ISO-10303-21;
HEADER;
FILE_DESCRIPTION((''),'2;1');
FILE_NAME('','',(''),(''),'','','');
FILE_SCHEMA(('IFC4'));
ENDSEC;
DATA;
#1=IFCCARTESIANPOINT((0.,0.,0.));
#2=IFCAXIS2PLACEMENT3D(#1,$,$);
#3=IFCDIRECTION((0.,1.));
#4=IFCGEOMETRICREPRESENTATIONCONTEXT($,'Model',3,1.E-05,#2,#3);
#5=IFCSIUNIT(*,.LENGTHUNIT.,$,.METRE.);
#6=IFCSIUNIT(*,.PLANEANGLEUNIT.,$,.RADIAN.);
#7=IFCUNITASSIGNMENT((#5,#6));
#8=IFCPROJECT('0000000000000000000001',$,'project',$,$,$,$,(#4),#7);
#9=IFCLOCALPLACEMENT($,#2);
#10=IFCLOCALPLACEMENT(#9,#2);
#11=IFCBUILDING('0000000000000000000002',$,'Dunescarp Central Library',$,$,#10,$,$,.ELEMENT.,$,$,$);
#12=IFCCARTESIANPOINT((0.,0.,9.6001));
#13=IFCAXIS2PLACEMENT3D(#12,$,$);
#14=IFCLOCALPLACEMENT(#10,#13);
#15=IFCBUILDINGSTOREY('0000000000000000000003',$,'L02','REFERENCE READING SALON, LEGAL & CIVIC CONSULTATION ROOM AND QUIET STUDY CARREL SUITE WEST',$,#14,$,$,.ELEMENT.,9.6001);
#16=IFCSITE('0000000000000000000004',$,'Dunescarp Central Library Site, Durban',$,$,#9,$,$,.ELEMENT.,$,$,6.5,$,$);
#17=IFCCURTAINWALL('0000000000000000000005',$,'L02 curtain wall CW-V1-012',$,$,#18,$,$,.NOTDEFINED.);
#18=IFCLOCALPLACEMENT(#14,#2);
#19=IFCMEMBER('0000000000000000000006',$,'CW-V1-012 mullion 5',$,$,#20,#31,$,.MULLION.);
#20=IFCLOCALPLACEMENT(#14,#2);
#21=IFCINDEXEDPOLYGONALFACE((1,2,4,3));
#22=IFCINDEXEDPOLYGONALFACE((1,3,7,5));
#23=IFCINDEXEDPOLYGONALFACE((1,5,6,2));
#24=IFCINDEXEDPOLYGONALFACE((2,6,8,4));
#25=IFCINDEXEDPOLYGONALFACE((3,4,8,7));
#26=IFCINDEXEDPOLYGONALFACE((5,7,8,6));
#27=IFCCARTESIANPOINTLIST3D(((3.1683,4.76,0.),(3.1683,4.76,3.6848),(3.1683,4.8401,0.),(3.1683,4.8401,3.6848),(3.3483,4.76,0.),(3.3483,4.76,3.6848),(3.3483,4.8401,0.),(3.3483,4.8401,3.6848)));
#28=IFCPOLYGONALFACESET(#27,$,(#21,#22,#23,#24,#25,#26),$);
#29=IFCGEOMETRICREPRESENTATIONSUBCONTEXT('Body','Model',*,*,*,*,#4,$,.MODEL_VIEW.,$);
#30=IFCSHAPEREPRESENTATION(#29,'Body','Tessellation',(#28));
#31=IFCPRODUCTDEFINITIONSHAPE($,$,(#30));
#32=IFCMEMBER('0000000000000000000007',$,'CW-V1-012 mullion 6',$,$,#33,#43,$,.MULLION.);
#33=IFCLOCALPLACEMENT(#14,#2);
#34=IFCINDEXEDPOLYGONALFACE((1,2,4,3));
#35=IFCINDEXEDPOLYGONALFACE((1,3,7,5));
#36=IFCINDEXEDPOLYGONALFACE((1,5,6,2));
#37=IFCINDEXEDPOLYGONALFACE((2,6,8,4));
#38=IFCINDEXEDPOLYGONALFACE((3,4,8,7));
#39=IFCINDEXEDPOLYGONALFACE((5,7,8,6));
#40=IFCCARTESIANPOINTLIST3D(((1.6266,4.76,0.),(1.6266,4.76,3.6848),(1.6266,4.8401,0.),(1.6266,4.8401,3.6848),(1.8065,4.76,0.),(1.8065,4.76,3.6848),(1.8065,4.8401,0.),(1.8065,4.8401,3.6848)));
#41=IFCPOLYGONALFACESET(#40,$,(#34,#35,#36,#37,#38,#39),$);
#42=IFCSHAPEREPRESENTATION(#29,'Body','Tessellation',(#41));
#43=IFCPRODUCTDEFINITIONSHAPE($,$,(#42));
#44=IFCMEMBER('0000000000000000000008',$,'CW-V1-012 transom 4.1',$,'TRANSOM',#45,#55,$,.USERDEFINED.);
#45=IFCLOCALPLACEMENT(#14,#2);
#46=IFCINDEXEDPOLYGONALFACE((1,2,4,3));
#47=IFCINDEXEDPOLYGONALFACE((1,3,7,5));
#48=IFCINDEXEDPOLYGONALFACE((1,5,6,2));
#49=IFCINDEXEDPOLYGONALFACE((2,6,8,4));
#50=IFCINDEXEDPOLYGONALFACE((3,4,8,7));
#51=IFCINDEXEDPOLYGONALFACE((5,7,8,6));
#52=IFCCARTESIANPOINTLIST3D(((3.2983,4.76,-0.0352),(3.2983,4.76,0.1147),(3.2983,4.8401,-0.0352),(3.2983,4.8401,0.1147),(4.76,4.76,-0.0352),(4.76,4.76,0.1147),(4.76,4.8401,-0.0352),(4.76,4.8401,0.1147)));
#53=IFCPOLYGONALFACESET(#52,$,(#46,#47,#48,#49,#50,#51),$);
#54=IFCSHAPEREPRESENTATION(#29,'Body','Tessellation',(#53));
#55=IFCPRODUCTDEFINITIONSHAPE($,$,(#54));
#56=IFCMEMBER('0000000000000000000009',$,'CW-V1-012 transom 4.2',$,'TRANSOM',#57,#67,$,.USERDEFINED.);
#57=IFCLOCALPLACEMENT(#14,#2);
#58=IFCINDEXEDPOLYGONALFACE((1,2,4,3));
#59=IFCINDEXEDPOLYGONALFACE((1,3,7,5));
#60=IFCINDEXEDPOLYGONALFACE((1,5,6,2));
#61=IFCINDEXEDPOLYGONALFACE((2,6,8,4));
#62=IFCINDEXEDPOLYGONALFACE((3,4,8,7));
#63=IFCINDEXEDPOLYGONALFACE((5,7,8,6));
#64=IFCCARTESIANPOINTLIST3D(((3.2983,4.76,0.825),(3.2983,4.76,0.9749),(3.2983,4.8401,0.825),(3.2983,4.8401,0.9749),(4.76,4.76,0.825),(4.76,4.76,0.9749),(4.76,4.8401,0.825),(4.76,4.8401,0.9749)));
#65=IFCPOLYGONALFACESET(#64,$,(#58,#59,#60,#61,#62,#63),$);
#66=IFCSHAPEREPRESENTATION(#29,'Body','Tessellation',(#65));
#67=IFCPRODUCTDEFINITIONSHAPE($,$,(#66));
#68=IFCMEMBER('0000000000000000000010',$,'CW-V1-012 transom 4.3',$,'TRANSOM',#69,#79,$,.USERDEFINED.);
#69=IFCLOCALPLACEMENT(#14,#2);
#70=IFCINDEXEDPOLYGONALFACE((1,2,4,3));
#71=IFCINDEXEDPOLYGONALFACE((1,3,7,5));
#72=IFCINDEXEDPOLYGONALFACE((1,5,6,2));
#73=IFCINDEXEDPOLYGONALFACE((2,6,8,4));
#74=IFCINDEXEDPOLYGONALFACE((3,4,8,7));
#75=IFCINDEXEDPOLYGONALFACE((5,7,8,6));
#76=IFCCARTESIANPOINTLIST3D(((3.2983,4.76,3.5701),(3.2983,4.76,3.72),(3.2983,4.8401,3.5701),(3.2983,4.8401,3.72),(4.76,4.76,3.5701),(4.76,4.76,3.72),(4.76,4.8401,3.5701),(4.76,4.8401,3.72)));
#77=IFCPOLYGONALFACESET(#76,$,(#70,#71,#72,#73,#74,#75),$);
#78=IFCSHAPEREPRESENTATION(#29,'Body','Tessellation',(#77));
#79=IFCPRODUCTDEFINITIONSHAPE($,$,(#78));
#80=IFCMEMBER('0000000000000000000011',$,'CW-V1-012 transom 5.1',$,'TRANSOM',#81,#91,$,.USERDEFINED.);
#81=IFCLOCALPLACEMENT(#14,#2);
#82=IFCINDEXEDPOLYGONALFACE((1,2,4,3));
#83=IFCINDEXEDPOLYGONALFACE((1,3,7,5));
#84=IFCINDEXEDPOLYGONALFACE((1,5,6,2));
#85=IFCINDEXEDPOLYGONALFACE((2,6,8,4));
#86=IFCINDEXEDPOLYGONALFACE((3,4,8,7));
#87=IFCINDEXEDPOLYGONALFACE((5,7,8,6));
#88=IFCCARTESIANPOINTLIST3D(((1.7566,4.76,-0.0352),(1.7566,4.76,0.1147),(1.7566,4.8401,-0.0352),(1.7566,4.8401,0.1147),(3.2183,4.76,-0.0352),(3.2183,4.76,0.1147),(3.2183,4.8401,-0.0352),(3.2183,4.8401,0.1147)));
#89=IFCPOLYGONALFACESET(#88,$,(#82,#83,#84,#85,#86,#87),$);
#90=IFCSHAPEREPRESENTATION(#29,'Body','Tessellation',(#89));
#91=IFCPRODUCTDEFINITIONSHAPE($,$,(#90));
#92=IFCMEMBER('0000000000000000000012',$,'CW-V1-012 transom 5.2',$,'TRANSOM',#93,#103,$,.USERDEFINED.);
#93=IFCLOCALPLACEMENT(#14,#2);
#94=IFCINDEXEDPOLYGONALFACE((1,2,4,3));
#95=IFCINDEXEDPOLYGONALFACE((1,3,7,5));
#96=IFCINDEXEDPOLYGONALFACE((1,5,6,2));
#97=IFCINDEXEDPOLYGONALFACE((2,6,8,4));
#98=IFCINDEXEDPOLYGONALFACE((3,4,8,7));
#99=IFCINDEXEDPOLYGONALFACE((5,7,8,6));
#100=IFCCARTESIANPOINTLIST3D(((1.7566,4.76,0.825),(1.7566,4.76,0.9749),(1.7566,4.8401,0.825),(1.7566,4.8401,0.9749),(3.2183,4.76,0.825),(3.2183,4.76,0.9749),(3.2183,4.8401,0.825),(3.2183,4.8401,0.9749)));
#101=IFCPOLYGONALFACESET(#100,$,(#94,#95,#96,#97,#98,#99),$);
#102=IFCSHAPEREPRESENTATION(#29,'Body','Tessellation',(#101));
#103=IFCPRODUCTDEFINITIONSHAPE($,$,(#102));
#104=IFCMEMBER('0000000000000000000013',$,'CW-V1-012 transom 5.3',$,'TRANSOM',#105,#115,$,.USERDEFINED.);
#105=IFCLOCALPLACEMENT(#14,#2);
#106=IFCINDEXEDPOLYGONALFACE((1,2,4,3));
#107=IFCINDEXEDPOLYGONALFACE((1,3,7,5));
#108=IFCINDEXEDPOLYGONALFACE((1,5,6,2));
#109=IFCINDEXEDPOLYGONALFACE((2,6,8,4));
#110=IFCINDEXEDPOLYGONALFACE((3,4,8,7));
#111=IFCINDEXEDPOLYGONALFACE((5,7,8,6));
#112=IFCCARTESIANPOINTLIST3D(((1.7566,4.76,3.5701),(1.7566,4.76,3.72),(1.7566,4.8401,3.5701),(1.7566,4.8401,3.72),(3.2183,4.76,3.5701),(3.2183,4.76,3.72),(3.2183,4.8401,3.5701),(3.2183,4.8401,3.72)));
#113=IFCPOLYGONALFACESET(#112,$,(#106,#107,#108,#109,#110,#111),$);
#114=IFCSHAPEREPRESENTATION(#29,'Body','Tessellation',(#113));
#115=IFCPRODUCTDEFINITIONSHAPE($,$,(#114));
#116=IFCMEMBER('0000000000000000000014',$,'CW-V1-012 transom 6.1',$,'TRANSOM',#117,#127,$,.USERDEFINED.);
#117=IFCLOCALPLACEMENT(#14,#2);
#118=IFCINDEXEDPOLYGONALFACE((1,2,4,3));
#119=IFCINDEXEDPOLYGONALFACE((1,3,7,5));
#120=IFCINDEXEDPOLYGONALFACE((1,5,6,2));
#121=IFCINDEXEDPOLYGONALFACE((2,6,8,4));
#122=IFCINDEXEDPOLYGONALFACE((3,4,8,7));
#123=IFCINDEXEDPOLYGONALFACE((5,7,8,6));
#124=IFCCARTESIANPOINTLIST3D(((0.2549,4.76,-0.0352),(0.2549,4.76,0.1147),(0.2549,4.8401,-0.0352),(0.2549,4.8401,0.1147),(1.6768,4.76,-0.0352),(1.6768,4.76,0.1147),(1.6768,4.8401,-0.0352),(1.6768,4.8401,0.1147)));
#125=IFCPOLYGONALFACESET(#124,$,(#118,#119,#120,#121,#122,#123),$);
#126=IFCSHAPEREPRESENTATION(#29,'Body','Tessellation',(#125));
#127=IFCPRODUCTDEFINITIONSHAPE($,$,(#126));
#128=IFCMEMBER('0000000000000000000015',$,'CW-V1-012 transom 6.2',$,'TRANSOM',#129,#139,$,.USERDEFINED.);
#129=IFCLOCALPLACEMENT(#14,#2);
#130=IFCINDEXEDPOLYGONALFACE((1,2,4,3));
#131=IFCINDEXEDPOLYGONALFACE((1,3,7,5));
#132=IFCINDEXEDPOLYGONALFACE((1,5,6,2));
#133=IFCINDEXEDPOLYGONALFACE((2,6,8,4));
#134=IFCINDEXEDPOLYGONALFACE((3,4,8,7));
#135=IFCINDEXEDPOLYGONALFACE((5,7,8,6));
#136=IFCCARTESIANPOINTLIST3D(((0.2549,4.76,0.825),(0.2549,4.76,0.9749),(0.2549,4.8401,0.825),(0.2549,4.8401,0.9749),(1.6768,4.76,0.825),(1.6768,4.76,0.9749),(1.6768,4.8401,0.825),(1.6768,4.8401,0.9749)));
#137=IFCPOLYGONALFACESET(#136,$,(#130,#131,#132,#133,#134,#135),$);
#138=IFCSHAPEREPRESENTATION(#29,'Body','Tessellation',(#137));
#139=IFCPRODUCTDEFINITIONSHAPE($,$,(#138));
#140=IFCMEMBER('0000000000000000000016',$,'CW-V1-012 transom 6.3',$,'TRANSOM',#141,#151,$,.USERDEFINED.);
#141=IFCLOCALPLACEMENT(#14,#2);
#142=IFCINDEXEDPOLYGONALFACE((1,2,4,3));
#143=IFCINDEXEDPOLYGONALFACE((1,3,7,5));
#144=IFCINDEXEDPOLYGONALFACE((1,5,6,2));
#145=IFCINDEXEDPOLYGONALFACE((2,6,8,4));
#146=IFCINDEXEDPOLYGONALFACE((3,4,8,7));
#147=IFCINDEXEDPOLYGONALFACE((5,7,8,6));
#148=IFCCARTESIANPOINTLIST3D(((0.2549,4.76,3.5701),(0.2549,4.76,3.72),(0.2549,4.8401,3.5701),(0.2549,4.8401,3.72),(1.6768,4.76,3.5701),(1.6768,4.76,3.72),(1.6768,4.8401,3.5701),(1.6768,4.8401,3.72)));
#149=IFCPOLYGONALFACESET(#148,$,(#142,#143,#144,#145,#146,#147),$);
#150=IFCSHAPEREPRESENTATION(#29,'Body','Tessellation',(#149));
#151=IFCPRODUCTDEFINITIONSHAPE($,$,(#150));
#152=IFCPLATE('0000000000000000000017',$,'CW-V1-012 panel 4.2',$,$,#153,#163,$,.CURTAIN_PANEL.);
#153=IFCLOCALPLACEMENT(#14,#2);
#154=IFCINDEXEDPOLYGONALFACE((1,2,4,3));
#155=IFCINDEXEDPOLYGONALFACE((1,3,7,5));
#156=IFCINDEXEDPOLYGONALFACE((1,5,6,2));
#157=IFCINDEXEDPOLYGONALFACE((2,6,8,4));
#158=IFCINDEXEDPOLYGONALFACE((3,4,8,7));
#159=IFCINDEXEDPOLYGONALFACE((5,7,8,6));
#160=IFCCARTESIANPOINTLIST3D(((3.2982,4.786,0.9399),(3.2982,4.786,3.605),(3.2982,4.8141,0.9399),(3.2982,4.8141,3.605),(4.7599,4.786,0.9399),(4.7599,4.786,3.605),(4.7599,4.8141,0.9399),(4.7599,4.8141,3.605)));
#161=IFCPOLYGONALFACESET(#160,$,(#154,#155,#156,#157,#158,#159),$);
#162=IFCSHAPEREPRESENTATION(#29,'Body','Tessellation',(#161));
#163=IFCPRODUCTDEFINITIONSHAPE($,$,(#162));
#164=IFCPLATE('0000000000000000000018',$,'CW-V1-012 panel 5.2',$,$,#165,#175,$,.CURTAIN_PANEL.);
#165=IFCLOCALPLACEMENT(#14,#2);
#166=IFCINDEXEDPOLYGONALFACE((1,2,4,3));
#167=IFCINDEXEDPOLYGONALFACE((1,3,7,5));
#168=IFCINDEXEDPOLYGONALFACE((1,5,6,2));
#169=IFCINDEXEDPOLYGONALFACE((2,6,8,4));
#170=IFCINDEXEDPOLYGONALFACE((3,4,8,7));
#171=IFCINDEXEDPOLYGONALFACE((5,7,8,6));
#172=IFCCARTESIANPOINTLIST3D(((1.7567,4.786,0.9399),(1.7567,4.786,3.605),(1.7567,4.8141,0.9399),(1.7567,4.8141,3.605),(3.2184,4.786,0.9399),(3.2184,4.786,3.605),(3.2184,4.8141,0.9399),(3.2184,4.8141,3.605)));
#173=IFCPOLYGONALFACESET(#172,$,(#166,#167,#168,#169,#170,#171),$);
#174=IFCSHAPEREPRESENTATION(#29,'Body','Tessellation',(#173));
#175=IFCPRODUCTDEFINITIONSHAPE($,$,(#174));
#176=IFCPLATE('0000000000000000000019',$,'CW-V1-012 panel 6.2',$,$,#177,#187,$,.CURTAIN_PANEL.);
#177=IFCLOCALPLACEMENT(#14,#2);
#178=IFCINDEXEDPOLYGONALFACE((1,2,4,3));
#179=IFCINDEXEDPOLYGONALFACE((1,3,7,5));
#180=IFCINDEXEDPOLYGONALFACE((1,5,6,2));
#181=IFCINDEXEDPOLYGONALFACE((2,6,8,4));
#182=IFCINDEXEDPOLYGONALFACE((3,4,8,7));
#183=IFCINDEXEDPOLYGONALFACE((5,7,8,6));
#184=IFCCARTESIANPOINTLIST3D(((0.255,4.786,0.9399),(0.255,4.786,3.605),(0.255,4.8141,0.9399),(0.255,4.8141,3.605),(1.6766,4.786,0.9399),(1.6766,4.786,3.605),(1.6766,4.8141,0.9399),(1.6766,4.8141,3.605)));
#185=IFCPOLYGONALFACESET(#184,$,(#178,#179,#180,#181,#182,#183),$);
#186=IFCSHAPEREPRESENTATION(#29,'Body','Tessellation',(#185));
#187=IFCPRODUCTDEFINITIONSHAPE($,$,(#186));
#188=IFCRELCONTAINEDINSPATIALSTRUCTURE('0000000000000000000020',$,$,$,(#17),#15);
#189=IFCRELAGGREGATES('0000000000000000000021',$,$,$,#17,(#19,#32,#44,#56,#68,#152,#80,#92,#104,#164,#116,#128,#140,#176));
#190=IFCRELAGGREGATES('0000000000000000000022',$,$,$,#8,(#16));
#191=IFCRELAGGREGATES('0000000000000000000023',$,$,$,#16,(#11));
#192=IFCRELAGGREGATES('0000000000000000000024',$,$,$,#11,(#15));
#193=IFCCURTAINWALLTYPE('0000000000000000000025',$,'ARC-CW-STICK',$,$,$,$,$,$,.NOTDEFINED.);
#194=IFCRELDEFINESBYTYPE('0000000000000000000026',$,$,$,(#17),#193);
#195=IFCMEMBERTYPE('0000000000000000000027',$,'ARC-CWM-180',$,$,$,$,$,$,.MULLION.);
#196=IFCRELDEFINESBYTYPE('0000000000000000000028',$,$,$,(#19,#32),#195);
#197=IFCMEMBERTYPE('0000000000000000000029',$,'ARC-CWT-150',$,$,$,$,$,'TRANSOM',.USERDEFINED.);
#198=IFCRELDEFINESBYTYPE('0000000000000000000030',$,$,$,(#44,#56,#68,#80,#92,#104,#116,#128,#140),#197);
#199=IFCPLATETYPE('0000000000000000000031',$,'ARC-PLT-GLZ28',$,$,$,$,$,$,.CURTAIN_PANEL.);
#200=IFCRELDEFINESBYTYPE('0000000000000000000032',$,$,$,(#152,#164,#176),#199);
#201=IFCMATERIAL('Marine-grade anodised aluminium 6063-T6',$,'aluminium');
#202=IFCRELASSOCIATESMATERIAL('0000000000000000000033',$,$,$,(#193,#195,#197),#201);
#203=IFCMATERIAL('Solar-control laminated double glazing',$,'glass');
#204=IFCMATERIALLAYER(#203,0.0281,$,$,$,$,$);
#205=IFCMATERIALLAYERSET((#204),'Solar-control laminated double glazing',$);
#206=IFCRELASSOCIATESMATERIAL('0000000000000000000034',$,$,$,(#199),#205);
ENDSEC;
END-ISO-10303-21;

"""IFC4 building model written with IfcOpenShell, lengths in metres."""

from ifc_helpers import new_model, si_unit, direction, frame, origin, origin_2d, place, context, subcontext, project, spatial, rectangle, extrude, material, layer, layer_set, material_profile, profile_set, type_object, element, aggregate, save


model = new_model("IFC4")

# Units and contexts
model_context = context("Model", 3, precision=1e-05, world=origin(), true_north=direction((0.0, 1.0)))
body_context = subcontext(model_context, "Body", "Model", "MODEL_VIEW")
ifc_project = project(units=[si_unit("LENGTHUNIT", "METRE"), si_unit("PLANEANGLEUNIT", "RADIAN")], contexts=[model_context])

# Site, building, storey
site_placement = place(None, origin())
site = spatial("IfcSite", under=ifc_project, at=site_placement, Name="Dunescarp Central Library Site, Durban", CompositionType="ELEMENT", RefElevation=6.5)
building_placement = place(site_placement, origin())
building = spatial("IfcBuilding", under=site, at=building_placement, Name="Dunescarp Central Library", CompositionType="ELEMENT")
storey_placement = place(building_placement, frame((0.0, 0.0, 9.6001)))
storey = spatial("IfcBuildingStorey", under=building, at=storey_placement, Name="L02", Description="REFERENCE READING SALON, LEGAL & CIVIC CONSULTATION ROOM AND QUIET STUDY CARREL SUITE WEST", CompositionType="ELEMENT", Elevation=9.6001)

# Curtain wall, members, plates
ifc_material_1 = material(Name="Marine-grade anodised aluminium 6063-T6", Category="aluminium")
curtain_wall_type = type_object("IfcCurtainWallType", Name="ARC-CW-STICK", PredefinedType="NOTDEFINED", material=ifc_material_1)
curtain_wall_placement = place(storey_placement, origin())
curtain_wall = element("IfcCurtainWall", 1, at=curtain_wall_placement, inside=storey, type_object=curtain_wall_type, Name="L02 curtain wall CW-V1-012", PredefinedType="NOTDEFINED")
ifc_material_profile_1 = material_profile(ifc_material_1, rectangle(XDim=0.0801, YDim=0.1799, at=origin_2d()), Name="AL 80x180")
ifc_profile_set_1 = profile_set([ifc_material_profile_1], Name="Marine-grade anodised aluminium 6063-T6")
member_type_1 = type_object("IfcMemberType", Name="ARC-CWM-180", PredefinedType="MULLION", material=ifc_profile_set_1)
member_1_placement = place(storey_placement, frame((3.2583, 4.8, 0.0), z_axis=(0.0, 0.0, 1.0), x_axis=(0.0, -1.0, 0.0)))
member_1 = element("IfcMember", 2, at=member_1_placement, type_object=member_type_1, Name="CW-V1-012 mullion 5", PredefinedType="MULLION", context=body_context, shape_type="SweptSolid", body=[
    extrude(rectangle(XDim=0.0801, YDim=0.1799, at=origin_2d()), origin(), (0.0, 0.0, 1.0), 3.6848),
])
member_2_placement = place(storey_placement, frame((1.7166, 4.8, 0.0), z_axis=(0.0, 0.0, 1.0), x_axis=(0.0, -1.0, 0.0)))
member_2 = element("IfcMember", 3, at=member_2_placement, type_object=member_type_1, Name="CW-V1-012 mullion 6", PredefinedType="MULLION", context=body_context, shape_type="SweptSolid", body=[
    extrude(rectangle(XDim=0.0801, YDim=0.1799, at=origin_2d()), origin(), (0.0, 0.0, 1.0), 3.6848),
])
ifc_material_profile_2 = material_profile(ifc_material_1, rectangle(XDim=0.0801, YDim=0.1499, at=origin_2d()), Name="AL 80x150")
ifc_profile_set_2 = profile_set([ifc_material_profile_2], Name="Marine-grade anodised aluminium 6063-T6")
member_type_2 = type_object("IfcMemberType", Name="ARC-CWT-150", ElementType="TRANSOM", PredefinedType="USERDEFINED", material=ifc_profile_set_2)
member_3_placement = place(storey_placement, frame((4.76, 4.8, 0.0398), z_axis=(-1.0, 0.0, 0.0), x_axis=(0.0, -1.0, 0.0)))
member_3 = element("IfcMember", 4, at=member_3_placement, type_object=member_type_2, Name="CW-V1-012 transom 4.1", ObjectType="TRANSOM", PredefinedType="USERDEFINED", context=body_context, shape_type="SweptSolid", body=[
    extrude(rectangle(XDim=0.0801, YDim=0.1499, at=origin_2d()), origin(), (0.0, 0.0, 1.0), 1.4617),
])
member_4_placement = place(storey_placement, frame((4.76, 4.8, 0.8999), z_axis=(-1.0, 0.0, 0.0), x_axis=(0.0, -1.0, 0.0)))
member_4 = element("IfcMember", 5, at=member_4_placement, type_object=member_type_2, Name="CW-V1-012 transom 4.2", ObjectType="TRANSOM", PredefinedType="USERDEFINED", context=body_context, shape_type="SweptSolid", body=[
    extrude(rectangle(XDim=0.0801, YDim=0.1499, at=origin_2d()), origin(), (0.0, 0.0, 1.0), 1.4617),
])
member_5_placement = place(storey_placement, frame((4.76, 4.8, 3.645), z_axis=(-1.0, 0.0, 0.0), x_axis=(0.0, -1.0, 0.0)))
member_5 = element("IfcMember", 6, at=member_5_placement, type_object=member_type_2, Name="CW-V1-012 transom 4.3", ObjectType="TRANSOM", PredefinedType="USERDEFINED", context=body_context, shape_type="SweptSolid", body=[
    extrude(rectangle(XDim=0.0801, YDim=0.1499, at=origin_2d()), origin(), (0.0, 0.0, 1.0), 1.4617),
])
member_6_placement = place(storey_placement, frame((3.2183, 4.8, 0.0398), z_axis=(-1.0, 0.0, 0.0), x_axis=(0.0, -1.0, 0.0)))
member_6 = element("IfcMember", 7, at=member_6_placement, type_object=member_type_2, Name="CW-V1-012 transom 5.1", ObjectType="TRANSOM", PredefinedType="USERDEFINED", context=body_context, shape_type="SweptSolid", body=[
    extrude(rectangle(XDim=0.0801, YDim=0.1499, at=origin_2d()), origin(), (0.0, 0.0, 1.0), 1.4617),
])
member_7_placement = place(storey_placement, frame((3.2183, 4.8, 0.8999), z_axis=(-1.0, 0.0, 0.0), x_axis=(0.0, -1.0, 0.0)))
member_7 = element("IfcMember", 8, at=member_7_placement, type_object=member_type_2, Name="CW-V1-012 transom 5.2", ObjectType="TRANSOM", PredefinedType="USERDEFINED", context=body_context, shape_type="SweptSolid", body=[
    extrude(rectangle(XDim=0.0801, YDim=0.1499, at=origin_2d()), origin(), (0.0, 0.0, 1.0), 1.4617),
])
member_8_placement = place(storey_placement, frame((3.2183, 4.8, 3.645), z_axis=(-1.0, 0.0, 0.0), x_axis=(0.0, -1.0, 0.0)))
member_8 = element("IfcMember", 9, at=member_8_placement, type_object=member_type_2, Name="CW-V1-012 transom 5.3", ObjectType="TRANSOM", PredefinedType="USERDEFINED", context=body_context, shape_type="SweptSolid", body=[
    extrude(rectangle(XDim=0.0801, YDim=0.1499, at=origin_2d()), origin(), (0.0, 0.0, 1.0), 1.4617),
])
member_9_placement = place(storey_placement, frame((1.6768, 4.8, 0.0398), z_axis=(-1.0, 0.0, 0.0), x_axis=(0.0, -1.0, 0.0)))
member_9 = element("IfcMember", 10, at=member_9_placement, type_object=member_type_2, Name="CW-V1-012 transom 6.1", ObjectType="TRANSOM", PredefinedType="USERDEFINED", context=body_context, shape_type="SweptSolid", body=[
    extrude(rectangle(XDim=0.0801, YDim=0.1499, at=origin_2d()), origin(), (0.0, 0.0, 1.0), 1.4219),
])
member_10_placement = place(storey_placement, frame((1.6768, 4.8, 0.8999), z_axis=(-1.0, 0.0, 0.0), x_axis=(0.0, -1.0, 0.0)))
member_10 = element("IfcMember", 11, at=member_10_placement, type_object=member_type_2, Name="CW-V1-012 transom 6.2", ObjectType="TRANSOM", PredefinedType="USERDEFINED", context=body_context, shape_type="SweptSolid", body=[
    extrude(rectangle(XDim=0.0801, YDim=0.1499, at=origin_2d()), origin(), (0.0, 0.0, 1.0), 1.4219),
])
member_11_placement = place(storey_placement, frame((1.6768, 4.8, 3.645), z_axis=(-1.0, 0.0, 0.0), x_axis=(0.0, -1.0, 0.0)))
member_11 = element("IfcMember", 12, at=member_11_placement, type_object=member_type_2, Name="CW-V1-012 transom 6.3", ObjectType="TRANSOM", PredefinedType="USERDEFINED", context=body_context, shape_type="SweptSolid", body=[
    extrude(rectangle(XDim=0.0801, YDim=0.1499, at=origin_2d()), origin(), (0.0, 0.0, 1.0), 1.4219),
])
ifc_material_2 = material(Name="Solar-control laminated double glazing", Category="glass")
ifc_layer_1 = layer(ifc_material_2, 0.0281)
ifc_layer_set_1 = layer_set([ifc_layer_1], Name="Solar-control laminated double glazing")
plate_type_1 = type_object("IfcPlateType", Name="ARC-PLT-GLZ28", PredefinedType="CURTAIN_PANEL", material=ifc_layer_set_1)
plate_1_placement = place(storey_placement, frame((4.0291, 4.8, 0.9399), z_axis=(0.0, 0.0, 1.0), x_axis=(-1.0, 0.0, 0.0)))
plate_1 = element("IfcPlate", 13, at=plate_1_placement, type_object=plate_type_1, Name="CW-V1-012 panel 4.2", PredefinedType="CURTAIN_PANEL", context=body_context, shape_type="SweptSolid", body=[
    extrude(rectangle(XDim=1.4617, YDim=0.0281, at=origin_2d()), origin(), (0.0, 0.0, 1.0), 2.665),
])
plate_2_placement = place(storey_placement, frame((2.4875, 4.8, 0.9399), z_axis=(0.0, 0.0, 1.0), x_axis=(-1.0, 0.0, 0.0)))
plate_2 = element("IfcPlate", 14, at=plate_2_placement, type_object=plate_type_1, Name="CW-V1-012 panel 5.2", PredefinedType="CURTAIN_PANEL", context=body_context, shape_type="SweptSolid", body=[
    extrude(rectangle(XDim=1.4617, YDim=0.0281, at=origin_2d()), origin(), (0.0, 0.0, 1.0), 2.665),
])
plate_3_placement = place(storey_placement, frame((0.9658, 4.8, 0.9399), z_axis=(0.0, 0.0, 1.0), x_axis=(-1.0, 0.0, 0.0)))
plate_3 = element("IfcPlate", 15, at=plate_3_placement, type_object=plate_type_1, Name="CW-V1-012 panel 6.2", PredefinedType="CURTAIN_PANEL", context=body_context, shape_type="SweptSolid", body=[
    extrude(rectangle(XDim=1.4216, YDim=0.0281, at=origin_2d()), origin(), (0.0, 0.0, 1.0), 2.665),
])
aggregate(curtain_wall, [member_1, member_2, member_3, member_4, member_5, plate_1, member_6, member_7, member_8, plate_2, member_9, member_10, member_11, plate_3])

save(model, "model.ifc")
